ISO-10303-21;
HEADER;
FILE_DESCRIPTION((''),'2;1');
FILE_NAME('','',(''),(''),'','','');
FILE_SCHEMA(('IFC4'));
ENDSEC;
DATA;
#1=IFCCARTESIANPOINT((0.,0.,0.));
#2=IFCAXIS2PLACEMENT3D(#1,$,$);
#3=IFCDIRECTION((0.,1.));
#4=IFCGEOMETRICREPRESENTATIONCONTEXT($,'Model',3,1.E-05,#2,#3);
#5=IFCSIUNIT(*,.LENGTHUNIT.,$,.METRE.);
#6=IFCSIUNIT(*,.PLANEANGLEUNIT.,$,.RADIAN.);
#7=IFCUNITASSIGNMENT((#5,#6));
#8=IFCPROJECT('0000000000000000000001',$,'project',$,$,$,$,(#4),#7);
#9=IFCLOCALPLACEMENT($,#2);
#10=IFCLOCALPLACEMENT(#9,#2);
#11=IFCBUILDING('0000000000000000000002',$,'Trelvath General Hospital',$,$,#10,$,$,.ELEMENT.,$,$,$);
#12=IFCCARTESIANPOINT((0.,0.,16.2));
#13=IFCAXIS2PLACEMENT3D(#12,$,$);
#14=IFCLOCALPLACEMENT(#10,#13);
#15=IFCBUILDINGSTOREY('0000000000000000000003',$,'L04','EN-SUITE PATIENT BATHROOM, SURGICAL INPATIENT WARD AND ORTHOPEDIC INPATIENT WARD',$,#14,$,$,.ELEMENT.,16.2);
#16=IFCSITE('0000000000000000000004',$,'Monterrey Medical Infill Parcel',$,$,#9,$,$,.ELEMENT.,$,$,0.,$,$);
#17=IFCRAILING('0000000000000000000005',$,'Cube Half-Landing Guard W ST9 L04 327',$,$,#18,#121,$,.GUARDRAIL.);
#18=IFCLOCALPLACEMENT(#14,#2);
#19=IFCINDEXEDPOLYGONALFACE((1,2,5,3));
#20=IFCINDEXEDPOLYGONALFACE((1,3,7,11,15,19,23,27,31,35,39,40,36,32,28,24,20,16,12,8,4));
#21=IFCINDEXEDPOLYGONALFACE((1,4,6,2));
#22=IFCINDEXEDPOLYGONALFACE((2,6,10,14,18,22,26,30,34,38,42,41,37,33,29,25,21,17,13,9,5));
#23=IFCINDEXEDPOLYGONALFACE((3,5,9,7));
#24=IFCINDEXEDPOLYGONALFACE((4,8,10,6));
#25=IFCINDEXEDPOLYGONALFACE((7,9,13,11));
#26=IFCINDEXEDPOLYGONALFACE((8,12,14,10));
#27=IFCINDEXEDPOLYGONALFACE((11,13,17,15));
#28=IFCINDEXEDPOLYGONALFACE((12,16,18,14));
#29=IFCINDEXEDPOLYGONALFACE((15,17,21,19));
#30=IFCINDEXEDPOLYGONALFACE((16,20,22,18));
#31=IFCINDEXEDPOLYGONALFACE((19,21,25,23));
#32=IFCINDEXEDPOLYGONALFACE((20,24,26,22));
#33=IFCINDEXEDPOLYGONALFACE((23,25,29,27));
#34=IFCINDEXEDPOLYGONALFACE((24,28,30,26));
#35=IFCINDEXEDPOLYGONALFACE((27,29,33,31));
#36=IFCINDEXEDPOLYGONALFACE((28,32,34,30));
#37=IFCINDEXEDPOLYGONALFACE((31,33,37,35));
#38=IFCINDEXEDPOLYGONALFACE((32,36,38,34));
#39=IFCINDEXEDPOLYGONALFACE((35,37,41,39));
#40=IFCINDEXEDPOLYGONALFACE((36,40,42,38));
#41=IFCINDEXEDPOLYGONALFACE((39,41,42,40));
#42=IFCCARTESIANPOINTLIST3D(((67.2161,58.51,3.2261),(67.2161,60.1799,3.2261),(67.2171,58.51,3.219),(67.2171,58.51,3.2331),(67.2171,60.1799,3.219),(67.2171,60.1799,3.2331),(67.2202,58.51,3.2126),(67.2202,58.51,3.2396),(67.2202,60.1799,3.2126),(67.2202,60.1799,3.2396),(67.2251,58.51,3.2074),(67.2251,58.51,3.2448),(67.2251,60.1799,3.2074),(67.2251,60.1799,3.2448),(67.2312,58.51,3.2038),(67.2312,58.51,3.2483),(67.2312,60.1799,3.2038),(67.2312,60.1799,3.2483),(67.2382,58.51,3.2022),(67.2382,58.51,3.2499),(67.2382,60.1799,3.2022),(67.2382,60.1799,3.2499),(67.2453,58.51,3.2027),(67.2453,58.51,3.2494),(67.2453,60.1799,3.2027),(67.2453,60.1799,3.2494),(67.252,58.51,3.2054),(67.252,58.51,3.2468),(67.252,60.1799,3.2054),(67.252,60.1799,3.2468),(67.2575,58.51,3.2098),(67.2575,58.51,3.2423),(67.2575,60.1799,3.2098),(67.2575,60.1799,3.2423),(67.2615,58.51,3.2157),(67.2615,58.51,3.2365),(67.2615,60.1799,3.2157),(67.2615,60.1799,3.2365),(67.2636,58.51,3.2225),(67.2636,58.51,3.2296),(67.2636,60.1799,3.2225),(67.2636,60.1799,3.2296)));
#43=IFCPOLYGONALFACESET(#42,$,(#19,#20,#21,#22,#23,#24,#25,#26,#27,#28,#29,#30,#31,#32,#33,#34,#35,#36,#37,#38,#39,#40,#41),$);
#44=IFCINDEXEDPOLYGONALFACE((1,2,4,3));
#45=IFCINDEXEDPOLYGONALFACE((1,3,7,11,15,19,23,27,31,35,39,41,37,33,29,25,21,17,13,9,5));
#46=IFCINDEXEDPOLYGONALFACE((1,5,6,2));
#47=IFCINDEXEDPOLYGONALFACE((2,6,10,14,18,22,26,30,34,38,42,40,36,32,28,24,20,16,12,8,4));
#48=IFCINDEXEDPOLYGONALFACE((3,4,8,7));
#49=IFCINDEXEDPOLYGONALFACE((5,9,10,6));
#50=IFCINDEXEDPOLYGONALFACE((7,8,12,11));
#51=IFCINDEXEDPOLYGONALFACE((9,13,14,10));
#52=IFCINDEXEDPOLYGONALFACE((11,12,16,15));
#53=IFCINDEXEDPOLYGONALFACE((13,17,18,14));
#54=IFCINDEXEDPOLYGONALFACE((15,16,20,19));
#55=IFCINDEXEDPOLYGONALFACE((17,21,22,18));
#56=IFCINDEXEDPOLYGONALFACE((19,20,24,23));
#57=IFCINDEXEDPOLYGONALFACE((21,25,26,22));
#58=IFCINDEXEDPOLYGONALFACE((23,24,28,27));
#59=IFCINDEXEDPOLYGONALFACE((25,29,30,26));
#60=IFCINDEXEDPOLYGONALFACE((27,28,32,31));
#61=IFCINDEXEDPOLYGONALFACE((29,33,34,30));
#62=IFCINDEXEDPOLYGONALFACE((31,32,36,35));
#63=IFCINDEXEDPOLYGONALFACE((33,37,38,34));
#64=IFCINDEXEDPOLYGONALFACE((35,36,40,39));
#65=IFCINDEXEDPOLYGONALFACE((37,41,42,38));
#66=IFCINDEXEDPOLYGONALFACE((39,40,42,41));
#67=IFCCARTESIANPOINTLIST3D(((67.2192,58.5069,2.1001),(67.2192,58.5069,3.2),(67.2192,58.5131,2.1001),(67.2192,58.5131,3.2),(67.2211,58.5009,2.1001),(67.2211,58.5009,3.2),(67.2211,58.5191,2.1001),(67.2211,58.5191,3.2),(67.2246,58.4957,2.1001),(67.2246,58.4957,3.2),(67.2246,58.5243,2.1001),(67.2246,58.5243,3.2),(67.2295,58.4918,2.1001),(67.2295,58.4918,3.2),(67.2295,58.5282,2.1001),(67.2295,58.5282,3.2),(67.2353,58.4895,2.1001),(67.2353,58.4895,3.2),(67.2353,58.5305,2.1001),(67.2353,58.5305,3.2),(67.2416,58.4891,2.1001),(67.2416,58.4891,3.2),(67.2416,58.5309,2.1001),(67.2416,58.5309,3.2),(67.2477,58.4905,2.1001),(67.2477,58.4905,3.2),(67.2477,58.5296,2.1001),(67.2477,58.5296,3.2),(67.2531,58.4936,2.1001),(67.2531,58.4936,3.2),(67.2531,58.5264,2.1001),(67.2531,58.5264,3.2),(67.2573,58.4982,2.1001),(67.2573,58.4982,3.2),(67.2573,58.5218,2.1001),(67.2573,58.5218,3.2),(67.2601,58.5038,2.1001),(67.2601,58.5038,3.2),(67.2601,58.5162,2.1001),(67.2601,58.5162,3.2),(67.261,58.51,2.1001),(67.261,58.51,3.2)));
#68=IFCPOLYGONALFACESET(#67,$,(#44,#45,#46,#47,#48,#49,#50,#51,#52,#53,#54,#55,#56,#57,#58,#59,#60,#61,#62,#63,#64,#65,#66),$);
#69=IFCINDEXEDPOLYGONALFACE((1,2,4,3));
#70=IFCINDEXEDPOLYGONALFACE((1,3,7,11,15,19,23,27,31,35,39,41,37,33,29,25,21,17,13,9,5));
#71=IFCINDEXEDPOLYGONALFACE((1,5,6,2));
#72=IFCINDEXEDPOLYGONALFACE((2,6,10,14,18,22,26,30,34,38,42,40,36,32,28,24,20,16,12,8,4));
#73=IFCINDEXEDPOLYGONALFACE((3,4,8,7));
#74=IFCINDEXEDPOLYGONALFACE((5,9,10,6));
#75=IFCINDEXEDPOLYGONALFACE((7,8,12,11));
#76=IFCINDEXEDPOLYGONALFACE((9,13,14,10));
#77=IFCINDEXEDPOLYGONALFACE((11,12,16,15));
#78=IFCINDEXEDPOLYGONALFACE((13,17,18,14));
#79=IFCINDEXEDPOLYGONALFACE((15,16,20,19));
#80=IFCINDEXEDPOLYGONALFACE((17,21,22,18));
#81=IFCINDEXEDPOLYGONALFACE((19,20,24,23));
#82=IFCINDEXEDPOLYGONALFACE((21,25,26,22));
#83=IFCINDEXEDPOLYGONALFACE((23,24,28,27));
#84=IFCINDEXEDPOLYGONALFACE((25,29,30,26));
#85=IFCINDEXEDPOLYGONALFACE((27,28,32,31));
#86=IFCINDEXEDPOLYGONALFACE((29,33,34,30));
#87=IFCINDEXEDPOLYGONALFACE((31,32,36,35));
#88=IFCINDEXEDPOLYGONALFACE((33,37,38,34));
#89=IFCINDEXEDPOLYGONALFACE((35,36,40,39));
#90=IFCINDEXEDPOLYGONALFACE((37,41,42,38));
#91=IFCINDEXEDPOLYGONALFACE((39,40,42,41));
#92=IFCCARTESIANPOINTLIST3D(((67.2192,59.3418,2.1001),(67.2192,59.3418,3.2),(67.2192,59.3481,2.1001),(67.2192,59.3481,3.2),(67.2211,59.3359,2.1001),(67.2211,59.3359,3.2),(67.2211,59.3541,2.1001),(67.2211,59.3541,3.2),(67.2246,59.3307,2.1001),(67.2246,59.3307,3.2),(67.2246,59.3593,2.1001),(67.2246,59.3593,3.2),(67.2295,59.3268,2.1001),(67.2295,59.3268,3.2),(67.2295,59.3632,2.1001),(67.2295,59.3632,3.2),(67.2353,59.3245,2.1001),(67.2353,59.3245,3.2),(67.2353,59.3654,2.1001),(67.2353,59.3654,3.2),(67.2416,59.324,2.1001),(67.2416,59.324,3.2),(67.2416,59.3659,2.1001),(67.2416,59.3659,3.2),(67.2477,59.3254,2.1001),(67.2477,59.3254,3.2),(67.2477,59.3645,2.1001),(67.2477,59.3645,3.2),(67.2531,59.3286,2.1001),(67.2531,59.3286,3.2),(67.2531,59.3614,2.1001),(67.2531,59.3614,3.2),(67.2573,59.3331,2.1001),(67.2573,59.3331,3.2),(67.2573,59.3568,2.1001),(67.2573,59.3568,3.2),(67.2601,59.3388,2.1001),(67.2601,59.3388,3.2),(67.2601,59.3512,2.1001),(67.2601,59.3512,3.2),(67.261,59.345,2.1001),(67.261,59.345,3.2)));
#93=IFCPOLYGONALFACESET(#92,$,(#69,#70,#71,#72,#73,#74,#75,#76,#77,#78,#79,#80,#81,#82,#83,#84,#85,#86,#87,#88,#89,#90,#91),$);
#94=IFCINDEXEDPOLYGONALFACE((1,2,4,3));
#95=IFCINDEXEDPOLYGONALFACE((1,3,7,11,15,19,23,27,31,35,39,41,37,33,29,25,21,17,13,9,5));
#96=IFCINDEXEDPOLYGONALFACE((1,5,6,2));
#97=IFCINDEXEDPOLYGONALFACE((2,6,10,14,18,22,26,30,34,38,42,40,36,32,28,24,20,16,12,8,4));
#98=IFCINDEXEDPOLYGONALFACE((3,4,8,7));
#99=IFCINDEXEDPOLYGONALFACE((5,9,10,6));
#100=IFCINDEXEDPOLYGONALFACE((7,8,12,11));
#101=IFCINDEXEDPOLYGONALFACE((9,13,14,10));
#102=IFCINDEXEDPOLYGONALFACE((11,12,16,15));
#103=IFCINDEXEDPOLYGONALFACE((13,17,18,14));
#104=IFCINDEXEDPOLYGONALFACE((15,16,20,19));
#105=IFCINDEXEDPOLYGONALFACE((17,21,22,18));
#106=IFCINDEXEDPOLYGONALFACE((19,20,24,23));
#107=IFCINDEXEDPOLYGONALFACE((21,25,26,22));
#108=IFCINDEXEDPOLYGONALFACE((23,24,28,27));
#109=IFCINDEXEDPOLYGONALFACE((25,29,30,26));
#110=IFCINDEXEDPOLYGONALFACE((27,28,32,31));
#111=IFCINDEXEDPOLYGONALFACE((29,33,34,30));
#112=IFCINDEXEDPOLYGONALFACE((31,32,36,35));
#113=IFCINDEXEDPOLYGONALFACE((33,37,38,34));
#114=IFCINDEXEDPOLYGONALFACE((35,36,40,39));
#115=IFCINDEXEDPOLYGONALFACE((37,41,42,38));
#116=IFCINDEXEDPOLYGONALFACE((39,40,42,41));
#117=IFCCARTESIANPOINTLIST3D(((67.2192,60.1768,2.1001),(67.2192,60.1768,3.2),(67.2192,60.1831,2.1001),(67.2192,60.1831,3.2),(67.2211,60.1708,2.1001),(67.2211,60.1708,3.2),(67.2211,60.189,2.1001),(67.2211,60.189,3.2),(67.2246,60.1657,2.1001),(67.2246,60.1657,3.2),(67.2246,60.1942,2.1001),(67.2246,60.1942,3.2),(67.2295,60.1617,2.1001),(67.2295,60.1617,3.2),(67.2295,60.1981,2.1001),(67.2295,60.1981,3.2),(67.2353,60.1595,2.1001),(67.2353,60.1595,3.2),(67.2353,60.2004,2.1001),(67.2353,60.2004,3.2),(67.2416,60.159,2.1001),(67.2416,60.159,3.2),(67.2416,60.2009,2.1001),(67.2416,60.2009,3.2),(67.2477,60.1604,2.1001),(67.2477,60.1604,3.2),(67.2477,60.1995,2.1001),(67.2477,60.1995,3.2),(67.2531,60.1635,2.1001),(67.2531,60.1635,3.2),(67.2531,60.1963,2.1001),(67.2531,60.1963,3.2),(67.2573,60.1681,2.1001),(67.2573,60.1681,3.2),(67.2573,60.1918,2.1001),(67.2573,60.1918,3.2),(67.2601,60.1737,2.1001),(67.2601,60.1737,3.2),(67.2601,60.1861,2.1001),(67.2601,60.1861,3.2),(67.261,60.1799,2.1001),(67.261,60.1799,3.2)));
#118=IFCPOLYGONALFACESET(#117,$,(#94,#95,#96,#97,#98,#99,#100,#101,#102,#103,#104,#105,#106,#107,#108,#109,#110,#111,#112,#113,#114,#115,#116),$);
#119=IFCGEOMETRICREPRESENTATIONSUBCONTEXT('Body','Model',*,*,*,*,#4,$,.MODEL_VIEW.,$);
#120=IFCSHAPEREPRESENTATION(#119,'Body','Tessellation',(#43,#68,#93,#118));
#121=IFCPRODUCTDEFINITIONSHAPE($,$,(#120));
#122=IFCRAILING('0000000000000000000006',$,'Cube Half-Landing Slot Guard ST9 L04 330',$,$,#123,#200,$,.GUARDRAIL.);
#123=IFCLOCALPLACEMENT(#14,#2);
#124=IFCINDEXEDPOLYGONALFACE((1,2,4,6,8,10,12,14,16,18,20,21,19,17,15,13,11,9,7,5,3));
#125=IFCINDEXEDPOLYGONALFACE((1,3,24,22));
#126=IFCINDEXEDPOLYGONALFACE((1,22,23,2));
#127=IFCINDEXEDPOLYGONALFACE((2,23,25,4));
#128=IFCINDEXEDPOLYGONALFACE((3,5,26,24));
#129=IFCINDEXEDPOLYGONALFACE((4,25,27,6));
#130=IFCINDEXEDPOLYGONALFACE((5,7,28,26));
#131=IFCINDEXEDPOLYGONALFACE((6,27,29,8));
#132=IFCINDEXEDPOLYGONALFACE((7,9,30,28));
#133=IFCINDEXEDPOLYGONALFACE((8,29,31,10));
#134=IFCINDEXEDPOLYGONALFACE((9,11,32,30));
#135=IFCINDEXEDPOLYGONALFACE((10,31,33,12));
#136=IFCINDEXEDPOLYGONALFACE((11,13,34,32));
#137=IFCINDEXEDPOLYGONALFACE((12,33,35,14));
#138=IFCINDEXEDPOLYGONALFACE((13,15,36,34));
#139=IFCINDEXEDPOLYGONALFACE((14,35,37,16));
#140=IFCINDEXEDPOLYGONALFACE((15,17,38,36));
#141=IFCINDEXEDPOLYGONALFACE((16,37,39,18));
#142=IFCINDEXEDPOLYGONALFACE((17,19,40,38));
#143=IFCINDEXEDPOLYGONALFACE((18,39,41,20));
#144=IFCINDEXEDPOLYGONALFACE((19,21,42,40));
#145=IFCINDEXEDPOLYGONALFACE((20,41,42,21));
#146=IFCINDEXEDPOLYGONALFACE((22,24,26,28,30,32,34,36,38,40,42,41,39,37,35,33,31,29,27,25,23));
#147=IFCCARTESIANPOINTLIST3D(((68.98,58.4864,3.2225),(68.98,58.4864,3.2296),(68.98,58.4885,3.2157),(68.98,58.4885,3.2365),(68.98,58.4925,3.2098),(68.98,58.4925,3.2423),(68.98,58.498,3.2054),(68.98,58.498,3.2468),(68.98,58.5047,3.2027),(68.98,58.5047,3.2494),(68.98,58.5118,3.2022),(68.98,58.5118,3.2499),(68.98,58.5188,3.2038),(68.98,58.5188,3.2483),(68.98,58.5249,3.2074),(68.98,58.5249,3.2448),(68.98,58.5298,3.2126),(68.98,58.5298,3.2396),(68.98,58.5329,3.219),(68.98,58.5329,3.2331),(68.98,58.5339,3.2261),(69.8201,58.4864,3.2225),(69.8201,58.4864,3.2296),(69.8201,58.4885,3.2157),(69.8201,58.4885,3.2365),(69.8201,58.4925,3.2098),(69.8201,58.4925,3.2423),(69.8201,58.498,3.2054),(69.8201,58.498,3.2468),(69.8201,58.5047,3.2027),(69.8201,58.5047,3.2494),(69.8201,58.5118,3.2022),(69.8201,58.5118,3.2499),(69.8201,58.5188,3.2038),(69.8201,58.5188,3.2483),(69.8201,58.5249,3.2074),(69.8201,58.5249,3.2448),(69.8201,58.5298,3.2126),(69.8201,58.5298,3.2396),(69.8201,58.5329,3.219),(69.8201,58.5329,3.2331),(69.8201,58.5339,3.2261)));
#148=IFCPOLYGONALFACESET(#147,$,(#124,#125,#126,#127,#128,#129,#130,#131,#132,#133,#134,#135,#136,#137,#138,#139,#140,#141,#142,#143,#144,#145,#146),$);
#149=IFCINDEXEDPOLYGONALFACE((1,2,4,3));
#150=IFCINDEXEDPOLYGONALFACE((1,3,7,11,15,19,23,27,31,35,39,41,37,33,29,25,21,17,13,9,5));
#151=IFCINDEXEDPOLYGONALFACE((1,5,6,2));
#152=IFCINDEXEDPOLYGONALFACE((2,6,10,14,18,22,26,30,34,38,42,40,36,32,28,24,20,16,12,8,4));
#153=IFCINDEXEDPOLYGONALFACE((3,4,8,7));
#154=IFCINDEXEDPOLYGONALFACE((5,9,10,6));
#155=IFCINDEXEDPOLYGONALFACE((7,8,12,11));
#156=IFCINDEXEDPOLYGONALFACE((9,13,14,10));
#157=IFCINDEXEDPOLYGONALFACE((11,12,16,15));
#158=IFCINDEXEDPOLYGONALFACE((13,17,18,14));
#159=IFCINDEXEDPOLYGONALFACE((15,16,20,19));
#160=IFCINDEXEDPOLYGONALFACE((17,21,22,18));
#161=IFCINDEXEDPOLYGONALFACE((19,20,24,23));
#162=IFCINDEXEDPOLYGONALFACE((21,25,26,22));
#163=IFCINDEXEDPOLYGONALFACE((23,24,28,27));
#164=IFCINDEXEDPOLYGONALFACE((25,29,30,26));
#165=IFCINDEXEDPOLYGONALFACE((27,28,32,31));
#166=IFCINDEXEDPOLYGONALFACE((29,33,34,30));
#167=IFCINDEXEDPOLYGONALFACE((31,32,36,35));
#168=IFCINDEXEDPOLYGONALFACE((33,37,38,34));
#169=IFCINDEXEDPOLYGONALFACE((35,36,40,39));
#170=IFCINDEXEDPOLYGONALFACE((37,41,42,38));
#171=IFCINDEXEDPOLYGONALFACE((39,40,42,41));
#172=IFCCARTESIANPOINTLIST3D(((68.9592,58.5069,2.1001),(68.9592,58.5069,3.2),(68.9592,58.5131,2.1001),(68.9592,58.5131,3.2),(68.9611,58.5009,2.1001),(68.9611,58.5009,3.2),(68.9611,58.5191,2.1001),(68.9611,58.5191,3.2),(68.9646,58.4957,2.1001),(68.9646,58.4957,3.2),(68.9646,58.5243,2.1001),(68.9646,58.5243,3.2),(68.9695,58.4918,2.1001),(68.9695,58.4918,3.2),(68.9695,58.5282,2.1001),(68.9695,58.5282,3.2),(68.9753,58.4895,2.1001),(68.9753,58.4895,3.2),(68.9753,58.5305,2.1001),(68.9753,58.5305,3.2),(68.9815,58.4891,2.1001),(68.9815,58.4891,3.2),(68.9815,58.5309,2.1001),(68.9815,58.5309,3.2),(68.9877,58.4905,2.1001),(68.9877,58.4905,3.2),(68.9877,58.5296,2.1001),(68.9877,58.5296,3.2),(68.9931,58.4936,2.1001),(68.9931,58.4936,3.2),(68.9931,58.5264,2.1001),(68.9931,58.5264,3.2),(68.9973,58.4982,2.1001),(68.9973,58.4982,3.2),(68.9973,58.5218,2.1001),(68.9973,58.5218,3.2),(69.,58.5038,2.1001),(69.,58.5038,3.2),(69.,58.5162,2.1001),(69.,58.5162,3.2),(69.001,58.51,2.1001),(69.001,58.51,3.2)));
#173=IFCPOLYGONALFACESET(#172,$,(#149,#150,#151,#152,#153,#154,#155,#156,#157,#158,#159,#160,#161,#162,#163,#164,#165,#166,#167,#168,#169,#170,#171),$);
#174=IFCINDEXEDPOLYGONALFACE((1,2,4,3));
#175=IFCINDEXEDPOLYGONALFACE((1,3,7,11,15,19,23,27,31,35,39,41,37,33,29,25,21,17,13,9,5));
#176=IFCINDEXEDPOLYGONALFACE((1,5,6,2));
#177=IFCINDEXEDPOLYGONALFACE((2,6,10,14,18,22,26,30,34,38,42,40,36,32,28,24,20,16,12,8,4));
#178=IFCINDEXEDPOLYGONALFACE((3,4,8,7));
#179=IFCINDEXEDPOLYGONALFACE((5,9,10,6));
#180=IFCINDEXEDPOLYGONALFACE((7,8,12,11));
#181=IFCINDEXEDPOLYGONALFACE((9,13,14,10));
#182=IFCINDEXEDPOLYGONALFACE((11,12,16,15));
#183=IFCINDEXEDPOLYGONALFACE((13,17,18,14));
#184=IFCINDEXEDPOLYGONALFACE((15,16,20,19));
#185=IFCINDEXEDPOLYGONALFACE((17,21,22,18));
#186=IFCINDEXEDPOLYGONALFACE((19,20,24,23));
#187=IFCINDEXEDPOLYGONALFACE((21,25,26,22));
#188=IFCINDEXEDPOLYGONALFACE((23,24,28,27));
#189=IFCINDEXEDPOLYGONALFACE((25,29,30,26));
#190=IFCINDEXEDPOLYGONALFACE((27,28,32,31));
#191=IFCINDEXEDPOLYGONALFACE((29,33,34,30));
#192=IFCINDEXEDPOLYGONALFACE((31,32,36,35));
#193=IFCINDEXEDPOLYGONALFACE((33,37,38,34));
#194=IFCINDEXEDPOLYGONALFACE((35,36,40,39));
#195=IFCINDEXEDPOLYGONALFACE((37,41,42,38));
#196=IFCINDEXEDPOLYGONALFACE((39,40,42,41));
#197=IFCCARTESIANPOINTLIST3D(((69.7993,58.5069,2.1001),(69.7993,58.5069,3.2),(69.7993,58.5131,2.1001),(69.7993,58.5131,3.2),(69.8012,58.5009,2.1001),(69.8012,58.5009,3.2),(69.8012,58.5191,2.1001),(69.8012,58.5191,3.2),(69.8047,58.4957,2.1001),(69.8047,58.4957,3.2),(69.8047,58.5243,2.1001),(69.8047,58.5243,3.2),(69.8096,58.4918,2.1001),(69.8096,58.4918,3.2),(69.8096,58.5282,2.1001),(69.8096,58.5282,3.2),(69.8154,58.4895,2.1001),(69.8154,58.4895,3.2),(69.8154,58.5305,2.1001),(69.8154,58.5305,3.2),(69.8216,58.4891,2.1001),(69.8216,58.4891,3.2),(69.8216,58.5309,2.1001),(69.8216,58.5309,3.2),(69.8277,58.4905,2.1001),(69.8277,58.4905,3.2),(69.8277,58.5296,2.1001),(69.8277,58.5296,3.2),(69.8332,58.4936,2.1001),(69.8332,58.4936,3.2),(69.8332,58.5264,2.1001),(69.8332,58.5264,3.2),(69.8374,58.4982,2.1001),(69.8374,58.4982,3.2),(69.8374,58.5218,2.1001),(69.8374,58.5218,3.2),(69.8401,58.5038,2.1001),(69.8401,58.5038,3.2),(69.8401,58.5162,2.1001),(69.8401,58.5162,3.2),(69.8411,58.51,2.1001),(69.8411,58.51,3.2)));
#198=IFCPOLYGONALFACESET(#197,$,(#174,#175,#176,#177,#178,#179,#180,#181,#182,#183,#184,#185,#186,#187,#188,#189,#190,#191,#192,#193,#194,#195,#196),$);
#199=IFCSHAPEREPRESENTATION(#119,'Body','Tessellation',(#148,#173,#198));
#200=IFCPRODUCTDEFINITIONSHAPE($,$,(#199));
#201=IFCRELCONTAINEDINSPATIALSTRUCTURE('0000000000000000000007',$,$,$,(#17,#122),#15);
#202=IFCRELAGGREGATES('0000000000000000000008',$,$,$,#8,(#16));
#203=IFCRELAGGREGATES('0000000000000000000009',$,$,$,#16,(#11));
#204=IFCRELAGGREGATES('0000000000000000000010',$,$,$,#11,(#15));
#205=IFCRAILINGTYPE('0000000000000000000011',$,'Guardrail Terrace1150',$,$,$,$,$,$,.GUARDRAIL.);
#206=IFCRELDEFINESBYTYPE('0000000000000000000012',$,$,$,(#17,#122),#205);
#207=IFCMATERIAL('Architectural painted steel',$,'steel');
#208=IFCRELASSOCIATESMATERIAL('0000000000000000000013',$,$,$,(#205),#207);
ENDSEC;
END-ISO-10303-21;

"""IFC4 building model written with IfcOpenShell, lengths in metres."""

from ifc_helpers import new_model, si_unit, direction, frame, origin, origin_2d, place, context, subcontext, project, spatial, circle, extrude, material, type_object, element, save


model = new_model("IFC4")

# Units and contexts
model_context = context("Model", 3, precision=1e-05, world=origin(), true_north=direction((0.0, 1.0)))
body_context = subcontext(model_context, "Body", "Model", "MODEL_VIEW")
ifc_project = project(units=[si_unit("LENGTHUNIT", "METRE"), si_unit("PLANEANGLEUNIT", "RADIAN")], contexts=[model_context])

# Site, building, storey
site_placement = place(None, origin())
site = spatial("IfcSite", under=ifc_project, at=site_placement, Name="Monterrey Medical Infill Parcel", CompositionType="ELEMENT", RefElevation=0.0)
building_placement = place(site_placement, origin())
building = spatial("IfcBuilding", under=site, at=building_placement, Name="Trelvath General Hospital", CompositionType="ELEMENT")
storey_placement = place(building_placement, frame((0.0, 0.0, 16.2)))
storey = spatial("IfcBuildingStorey", under=building, at=storey_placement, Name="L04", Description="EN-SUITE PATIENT BATHROOM, SURGICAL INPATIENT WARD AND ORTHOPEDIC INPATIENT WARD", CompositionType="ELEMENT", Elevation=16.2)

# Railings
ifc_material_1 = material(Name="Architectural painted steel", Category="steel")
railing_type = type_object("IfcRailingType", Name="Guardrail Terrace1150", PredefinedType="GUARDRAIL", material=ifc_material_1)
railing_1_placement = place(storey_placement, frame((67.24, 58.51, 2.1001)))
element("IfcRailing", 1, at=railing_1_placement, inside=storey, type_object=railing_type, Name="Cube Half-Landing Guard W ST9 L04 327", PredefinedType="GUARDRAIL", context=body_context, shape_type="SweptSolid", body=[
    extrude(circle(Radius=0.0239, at=origin_2d()), frame((0.0, 0.0, 1.126), z_axis=(0.0, 1.0, 0.0), x_axis=(-1.0, 0.0, 0.0)), (0.0, 0.0, 1.0), 1.6699),
    extrude(circle(Radius=0.021, at=origin_2d()), origin(), (0.0, 0.0, 1.0), 1.0999),
    extrude(circle(Radius=0.021, at=origin_2d()), frame((0.0, 0.835, 0.0)), (0.0, 0.0, 1.0), 1.0999),
    extrude(circle(Radius=0.021, at=origin_2d()), frame((0.0, 1.6699, 0.0)), (0.0, 0.0, 1.0), 1.0999),
])
railing_2_placement = place(storey_placement, frame((68.98, 58.51, 2.1001)))
element("IfcRailing", 2, at=railing_2_placement, inside=storey, type_object=railing_type, Name="Cube Half-Landing Slot Guard ST9 L04 330", PredefinedType="GUARDRAIL", context=body_context, shape_type="SweptSolid", body=[
    extrude(circle(Radius=0.0239, at=origin_2d()), frame((0.0, 0.0, 1.126), z_axis=(1.0, 0.0, 0.0), x_axis=(0.0, 1.0, 0.0)), (0.0, 0.0, 1.0), 0.8401),
    extrude(circle(Radius=0.021, at=origin_2d()), origin(), (0.0, 0.0, 1.0), 1.0999),
    extrude(circle(Radius=0.021, at=origin_2d()), frame((0.8401, 0.0, 0.0)), (0.0, 0.0, 1.0), 1.0999),
])

save(model, "model.ifc")
